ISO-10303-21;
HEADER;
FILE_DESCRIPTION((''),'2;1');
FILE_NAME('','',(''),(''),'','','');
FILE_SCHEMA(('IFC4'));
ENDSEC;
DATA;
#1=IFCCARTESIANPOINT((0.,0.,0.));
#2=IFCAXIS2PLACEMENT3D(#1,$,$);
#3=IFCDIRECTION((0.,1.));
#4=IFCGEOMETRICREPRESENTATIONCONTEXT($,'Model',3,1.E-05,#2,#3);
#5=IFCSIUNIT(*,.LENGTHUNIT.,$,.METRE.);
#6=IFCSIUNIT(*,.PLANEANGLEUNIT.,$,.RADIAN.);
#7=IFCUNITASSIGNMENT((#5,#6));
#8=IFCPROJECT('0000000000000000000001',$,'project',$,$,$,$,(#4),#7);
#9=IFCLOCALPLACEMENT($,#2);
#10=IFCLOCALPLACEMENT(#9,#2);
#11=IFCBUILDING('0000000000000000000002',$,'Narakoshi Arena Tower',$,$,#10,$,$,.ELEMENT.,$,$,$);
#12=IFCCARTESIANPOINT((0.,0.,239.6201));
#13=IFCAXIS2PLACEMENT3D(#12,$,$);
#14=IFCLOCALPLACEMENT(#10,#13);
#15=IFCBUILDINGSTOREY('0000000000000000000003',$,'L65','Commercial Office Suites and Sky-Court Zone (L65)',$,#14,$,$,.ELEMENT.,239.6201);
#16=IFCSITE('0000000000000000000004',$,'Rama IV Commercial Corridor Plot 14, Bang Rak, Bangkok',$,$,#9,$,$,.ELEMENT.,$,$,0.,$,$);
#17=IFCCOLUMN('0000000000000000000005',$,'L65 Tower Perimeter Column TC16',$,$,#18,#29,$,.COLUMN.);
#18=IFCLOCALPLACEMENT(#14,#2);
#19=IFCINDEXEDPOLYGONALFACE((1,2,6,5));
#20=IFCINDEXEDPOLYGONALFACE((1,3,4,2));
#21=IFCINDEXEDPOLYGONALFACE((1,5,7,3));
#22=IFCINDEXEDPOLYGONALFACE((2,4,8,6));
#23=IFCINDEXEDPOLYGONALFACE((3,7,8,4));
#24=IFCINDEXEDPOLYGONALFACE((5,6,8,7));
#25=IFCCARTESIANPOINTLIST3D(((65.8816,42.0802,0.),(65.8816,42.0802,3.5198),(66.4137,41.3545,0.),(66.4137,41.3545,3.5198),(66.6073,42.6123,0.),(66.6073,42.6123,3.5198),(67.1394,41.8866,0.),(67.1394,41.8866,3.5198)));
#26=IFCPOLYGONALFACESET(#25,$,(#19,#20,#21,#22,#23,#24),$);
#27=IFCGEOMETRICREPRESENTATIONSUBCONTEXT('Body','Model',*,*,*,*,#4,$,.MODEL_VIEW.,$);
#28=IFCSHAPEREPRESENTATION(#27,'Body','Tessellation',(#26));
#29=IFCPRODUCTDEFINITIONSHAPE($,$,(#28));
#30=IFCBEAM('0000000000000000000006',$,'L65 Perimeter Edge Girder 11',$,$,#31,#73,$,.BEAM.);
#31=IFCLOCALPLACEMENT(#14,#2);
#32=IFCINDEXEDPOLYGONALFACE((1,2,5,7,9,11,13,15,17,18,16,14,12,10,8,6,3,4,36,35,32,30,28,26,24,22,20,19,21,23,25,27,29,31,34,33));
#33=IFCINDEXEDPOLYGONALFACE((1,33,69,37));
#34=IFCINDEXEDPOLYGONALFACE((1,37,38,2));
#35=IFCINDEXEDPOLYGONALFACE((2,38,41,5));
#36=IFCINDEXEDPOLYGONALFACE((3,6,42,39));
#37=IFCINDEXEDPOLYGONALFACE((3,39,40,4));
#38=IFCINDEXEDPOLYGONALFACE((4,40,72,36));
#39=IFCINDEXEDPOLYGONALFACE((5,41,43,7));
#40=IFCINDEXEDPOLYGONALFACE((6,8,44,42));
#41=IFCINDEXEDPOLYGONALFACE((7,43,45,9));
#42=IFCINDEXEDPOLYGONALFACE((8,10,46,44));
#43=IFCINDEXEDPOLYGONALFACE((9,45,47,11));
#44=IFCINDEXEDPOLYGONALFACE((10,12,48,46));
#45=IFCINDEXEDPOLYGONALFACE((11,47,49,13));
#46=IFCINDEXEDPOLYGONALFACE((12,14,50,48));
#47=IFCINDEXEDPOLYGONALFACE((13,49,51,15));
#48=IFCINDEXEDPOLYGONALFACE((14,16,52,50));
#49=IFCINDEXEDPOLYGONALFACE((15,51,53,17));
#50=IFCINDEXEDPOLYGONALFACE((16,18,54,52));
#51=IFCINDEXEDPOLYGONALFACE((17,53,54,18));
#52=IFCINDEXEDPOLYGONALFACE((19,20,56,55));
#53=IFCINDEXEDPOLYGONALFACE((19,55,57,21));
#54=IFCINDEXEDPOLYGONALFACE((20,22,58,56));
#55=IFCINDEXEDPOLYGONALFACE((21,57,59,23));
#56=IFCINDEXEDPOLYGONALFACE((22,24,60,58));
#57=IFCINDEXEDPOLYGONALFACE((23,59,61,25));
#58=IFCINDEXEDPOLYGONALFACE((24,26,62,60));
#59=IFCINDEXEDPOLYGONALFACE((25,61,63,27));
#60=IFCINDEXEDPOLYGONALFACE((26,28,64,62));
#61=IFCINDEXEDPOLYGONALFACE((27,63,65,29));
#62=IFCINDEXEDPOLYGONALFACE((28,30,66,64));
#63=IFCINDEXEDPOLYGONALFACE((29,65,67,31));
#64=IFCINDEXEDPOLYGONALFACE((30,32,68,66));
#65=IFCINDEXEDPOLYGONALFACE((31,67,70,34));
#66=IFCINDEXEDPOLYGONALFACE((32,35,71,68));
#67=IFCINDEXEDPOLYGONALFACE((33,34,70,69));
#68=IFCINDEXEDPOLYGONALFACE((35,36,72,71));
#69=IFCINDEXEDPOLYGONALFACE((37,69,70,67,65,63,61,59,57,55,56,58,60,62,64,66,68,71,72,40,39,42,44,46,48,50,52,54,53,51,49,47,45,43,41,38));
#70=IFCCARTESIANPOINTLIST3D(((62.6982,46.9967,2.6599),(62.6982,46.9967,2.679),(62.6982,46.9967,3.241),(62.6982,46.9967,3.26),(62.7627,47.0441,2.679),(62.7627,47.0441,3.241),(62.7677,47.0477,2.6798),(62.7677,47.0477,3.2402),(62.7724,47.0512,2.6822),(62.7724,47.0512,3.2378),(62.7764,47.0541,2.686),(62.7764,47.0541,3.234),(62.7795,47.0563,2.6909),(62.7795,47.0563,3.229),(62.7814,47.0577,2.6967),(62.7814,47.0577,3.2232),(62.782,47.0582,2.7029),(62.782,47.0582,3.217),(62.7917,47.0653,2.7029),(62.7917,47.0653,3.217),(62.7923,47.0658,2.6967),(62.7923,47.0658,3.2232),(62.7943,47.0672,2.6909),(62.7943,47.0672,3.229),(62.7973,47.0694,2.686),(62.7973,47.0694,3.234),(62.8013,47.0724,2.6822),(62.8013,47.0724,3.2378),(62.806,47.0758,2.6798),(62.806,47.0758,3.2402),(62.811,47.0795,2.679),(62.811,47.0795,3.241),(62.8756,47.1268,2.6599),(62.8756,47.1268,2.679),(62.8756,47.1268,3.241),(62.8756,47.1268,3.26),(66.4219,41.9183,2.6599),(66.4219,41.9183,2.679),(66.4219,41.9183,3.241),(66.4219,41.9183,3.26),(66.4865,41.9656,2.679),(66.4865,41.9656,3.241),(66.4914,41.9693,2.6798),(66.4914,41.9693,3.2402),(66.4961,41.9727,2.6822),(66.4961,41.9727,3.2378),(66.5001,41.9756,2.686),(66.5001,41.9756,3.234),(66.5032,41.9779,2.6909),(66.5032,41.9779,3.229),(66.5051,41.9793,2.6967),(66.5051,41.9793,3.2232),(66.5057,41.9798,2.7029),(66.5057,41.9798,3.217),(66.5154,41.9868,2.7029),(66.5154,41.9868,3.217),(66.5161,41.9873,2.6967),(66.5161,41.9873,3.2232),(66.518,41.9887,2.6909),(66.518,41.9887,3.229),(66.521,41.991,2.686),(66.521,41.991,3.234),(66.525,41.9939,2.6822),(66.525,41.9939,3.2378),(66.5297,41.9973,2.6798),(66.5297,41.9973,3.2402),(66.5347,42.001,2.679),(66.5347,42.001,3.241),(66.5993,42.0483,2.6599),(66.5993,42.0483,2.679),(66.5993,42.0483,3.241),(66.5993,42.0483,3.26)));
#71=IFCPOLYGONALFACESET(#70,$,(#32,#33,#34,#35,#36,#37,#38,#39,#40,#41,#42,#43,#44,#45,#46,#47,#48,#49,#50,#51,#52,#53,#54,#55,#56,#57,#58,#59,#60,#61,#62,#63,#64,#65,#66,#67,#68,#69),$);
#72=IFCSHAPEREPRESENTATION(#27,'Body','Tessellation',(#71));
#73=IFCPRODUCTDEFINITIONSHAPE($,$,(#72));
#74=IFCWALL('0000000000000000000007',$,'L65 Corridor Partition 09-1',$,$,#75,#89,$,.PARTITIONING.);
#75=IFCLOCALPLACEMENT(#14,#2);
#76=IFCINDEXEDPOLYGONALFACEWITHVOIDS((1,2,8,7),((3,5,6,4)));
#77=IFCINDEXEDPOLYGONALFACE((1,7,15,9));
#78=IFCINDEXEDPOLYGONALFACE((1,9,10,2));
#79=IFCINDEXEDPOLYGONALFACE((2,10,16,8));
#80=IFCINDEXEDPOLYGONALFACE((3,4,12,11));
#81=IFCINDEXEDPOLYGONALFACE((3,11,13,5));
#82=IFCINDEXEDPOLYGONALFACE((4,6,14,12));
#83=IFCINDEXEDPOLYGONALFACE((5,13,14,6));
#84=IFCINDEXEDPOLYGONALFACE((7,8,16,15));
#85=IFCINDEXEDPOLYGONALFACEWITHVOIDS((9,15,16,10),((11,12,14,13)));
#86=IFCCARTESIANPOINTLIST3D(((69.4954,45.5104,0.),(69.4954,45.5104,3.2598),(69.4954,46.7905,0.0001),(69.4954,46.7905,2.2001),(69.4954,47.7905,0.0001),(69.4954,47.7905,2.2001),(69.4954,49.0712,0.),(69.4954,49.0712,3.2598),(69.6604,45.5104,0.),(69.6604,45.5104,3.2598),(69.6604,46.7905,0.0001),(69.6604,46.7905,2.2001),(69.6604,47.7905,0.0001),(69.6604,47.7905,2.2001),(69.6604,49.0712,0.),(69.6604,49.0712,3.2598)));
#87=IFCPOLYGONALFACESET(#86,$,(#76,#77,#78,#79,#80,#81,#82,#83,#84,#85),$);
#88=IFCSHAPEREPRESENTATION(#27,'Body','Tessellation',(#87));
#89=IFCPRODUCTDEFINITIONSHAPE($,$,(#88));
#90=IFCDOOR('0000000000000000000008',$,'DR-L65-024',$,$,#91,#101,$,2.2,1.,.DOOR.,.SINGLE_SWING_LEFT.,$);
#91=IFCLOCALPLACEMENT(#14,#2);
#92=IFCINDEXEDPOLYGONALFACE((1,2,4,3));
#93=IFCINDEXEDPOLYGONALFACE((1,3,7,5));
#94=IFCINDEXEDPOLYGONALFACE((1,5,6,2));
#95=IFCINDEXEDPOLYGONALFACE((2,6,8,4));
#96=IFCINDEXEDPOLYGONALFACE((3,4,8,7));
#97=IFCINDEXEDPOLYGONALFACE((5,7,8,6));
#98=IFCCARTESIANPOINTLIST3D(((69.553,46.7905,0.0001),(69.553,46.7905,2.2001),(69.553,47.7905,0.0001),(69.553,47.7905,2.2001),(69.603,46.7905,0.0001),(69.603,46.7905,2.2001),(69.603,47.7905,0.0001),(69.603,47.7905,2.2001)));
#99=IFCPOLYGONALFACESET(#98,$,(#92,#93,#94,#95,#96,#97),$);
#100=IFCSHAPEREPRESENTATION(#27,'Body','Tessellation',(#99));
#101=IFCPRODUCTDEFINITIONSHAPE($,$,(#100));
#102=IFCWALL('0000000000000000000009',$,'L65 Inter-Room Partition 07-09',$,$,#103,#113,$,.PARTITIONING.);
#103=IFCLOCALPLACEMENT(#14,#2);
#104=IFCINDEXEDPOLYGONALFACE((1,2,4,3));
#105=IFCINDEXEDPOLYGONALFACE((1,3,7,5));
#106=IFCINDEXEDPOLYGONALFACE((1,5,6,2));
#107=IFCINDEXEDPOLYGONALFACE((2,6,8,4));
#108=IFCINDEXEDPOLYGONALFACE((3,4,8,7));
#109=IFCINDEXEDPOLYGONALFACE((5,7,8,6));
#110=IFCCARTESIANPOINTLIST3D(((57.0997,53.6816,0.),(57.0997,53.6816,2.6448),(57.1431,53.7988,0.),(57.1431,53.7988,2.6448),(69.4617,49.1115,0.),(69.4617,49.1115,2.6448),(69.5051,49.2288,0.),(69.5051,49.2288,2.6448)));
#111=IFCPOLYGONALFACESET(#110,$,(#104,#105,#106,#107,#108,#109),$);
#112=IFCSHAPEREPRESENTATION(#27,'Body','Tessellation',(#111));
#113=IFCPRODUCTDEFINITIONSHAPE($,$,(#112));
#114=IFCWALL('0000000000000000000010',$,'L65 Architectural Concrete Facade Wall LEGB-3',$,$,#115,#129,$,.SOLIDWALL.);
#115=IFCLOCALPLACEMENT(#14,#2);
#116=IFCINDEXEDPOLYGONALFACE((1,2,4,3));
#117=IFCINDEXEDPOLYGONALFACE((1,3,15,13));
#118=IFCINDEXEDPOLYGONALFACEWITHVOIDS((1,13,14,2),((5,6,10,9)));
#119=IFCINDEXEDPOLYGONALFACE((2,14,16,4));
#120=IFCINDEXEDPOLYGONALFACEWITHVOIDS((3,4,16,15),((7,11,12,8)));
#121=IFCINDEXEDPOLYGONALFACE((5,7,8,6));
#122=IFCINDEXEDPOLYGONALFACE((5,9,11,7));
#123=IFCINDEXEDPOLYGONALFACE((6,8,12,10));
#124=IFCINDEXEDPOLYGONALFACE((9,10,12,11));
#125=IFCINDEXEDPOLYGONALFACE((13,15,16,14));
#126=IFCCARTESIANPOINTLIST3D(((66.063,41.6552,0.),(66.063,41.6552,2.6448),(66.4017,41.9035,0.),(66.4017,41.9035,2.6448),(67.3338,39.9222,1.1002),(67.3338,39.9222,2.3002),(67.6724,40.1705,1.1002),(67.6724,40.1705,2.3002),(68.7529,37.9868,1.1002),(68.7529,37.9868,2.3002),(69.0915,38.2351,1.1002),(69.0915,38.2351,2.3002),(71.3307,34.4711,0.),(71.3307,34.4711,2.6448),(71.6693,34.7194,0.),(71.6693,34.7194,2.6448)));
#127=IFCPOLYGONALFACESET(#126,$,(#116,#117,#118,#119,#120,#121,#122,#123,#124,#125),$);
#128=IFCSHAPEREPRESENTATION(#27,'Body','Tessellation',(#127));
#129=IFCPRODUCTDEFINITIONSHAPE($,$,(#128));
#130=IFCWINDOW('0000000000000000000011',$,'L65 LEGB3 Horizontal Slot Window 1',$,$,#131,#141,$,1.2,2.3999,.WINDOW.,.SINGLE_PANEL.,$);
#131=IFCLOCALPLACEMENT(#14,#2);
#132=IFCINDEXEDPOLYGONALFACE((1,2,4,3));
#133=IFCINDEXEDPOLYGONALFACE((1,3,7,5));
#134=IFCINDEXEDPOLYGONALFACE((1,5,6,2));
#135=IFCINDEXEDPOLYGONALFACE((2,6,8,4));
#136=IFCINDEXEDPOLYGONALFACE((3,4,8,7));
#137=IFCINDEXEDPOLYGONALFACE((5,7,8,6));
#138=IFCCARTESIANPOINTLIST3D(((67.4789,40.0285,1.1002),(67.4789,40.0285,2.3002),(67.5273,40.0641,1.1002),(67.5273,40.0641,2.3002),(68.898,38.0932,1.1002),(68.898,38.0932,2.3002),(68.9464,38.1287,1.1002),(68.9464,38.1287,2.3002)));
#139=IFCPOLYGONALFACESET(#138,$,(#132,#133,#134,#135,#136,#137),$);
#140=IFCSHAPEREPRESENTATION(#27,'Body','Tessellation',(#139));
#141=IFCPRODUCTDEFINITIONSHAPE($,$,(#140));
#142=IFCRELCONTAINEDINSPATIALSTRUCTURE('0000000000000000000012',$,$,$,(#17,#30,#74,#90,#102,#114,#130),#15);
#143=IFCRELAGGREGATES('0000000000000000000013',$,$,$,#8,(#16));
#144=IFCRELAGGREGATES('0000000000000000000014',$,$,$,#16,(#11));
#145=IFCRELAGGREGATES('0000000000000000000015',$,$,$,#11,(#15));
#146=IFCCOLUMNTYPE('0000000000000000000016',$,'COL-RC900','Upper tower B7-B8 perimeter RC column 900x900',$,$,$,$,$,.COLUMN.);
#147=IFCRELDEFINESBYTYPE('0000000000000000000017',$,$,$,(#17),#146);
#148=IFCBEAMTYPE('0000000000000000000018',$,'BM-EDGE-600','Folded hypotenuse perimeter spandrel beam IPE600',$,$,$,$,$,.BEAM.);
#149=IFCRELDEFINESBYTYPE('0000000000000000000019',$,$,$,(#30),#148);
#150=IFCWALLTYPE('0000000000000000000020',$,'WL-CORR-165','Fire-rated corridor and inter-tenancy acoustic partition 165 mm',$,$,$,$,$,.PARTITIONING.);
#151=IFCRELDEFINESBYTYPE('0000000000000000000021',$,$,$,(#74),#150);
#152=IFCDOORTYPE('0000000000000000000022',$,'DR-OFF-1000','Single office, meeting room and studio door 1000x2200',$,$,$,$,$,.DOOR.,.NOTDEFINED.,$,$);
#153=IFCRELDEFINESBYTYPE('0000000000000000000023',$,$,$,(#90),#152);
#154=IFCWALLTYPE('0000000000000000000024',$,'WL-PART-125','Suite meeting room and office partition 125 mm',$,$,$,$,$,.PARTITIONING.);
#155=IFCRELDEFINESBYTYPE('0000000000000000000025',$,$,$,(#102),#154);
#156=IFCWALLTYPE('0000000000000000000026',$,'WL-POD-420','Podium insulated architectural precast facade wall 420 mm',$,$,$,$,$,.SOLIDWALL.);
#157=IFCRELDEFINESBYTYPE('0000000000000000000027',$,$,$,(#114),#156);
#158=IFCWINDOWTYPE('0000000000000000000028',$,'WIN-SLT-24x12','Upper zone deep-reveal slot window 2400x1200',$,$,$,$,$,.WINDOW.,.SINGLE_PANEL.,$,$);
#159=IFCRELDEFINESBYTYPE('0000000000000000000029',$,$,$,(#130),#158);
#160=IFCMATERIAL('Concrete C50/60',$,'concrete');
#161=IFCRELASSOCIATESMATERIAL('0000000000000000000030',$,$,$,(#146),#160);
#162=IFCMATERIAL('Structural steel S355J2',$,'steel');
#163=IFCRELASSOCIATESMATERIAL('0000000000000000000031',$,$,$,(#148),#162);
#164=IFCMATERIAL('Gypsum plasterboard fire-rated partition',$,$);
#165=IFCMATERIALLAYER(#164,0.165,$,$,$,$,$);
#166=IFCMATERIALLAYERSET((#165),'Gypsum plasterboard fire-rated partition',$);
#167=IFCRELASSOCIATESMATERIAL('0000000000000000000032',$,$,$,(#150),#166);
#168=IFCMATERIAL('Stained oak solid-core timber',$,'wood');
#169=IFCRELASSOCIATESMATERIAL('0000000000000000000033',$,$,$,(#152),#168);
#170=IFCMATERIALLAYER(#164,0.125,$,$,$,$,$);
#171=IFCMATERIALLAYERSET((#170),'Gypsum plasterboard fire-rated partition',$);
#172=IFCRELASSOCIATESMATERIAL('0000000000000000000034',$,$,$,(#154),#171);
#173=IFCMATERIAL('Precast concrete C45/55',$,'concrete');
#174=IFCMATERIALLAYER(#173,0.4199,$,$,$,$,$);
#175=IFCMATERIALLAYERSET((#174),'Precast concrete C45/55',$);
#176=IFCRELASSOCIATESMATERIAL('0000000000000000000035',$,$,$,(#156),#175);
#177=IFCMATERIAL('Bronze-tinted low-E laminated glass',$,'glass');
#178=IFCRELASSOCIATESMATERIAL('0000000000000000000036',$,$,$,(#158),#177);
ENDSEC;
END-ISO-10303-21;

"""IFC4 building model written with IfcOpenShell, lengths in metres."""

from ifc_helpers import new_model, si_unit, direction, frame, frame_2d, origin, origin_2d, place, context, subcontext, project, spatial, rectangle, i_section, extrude, material, layer, layer_set, material_profile, profile_set, type_object, element, fill, save


model = new_model("IFC4")

# Units and contexts
model_context = context("Model", 3, precision=1e-05, world=origin(), true_north=direction((0.0, 1.0)))
body_context = subcontext(model_context, "Body", "Model", "MODEL_VIEW")
ifc_project = project(units=[si_unit("LENGTHUNIT", "METRE"), si_unit("PLANEANGLEUNIT", "RADIAN")], contexts=[model_context])

# Site, building, storey
site_placement = place(None, origin())
site = spatial("IfcSite", under=ifc_project, at=site_placement, Name="Rama IV Commercial Corridor Plot 14, Bang Rak, Bangkok", CompositionType="ELEMENT", RefElevation=0.0)
building_placement = place(site_placement, origin())
building = spatial("IfcBuilding", under=site, at=building_placement, Name="Narakoshi Arena Tower", CompositionType="ELEMENT")
storey_placement = place(building_placement, frame((0.0, 0.0, 239.6201)))
storey = spatial("IfcBuildingStorey", under=building, at=storey_placement, Name="L65", Description="Commercial Office Suites and Sky-Court Zone (L65)", CompositionType="ELEMENT", Elevation=239.6201)

# Column
ifc_material_1 = material(Name="Concrete C50/60", Category="concrete")
ifc_material_profile_1 = material_profile(ifc_material_1, rectangle(XDim=0.8999, YDim=0.8999, at=origin_2d()), Name="RC900x900")
ifc_profile_set_1 = profile_set([ifc_material_profile_1], Name="Concrete C50/60")
column_type = type_object("IfcColumnType", Name="COL-RC900", Description="Upper tower B7-B8 perimeter RC column 900x900", PredefinedType="COLUMN", material=ifc_profile_set_1)
column_placement = place(storey_placement, frame((66.5105, 41.9834, 0.0), z_axis=(0.0, 0.0, 1.0), x_axis=(-0.59131, 0.806445, 0.0)))
element("IfcColumn", 1, at=column_placement, inside=storey, type_object=column_type, Name="L65 Tower Perimeter Column TC16", PredefinedType="COLUMN", context=body_context, shape_type="SweptSolid", body=[
    extrude(rectangle(XDim=0.8999, YDim=0.8999, at=origin_2d()), origin(), (0.0, 0.0, 1.0), 3.5198),
])

# Beam
ifc_material_2 = material(Name="Structural steel S355J2", Category="steel")
ifc_material_profile_2 = material_profile(ifc_material_2, i_section(OverallWidth=0.22, OverallDepth=0.6001, WebThickness=0.012, FlangeThickness=0.019, FilletRadius=0.0239, at=origin_2d()), Name="IPE600")
ifc_profile_set_2 = profile_set([ifc_material_profile_2], Name="Structural steel S355J2")
beam_type = type_object("IfcBeamType", Name="BM-EDGE-600", Description="Folded hypotenuse perimeter spandrel beam IPE600", PredefinedType="BEAM", material=ifc_profile_set_2)
beam_placement = place(storey_placement, frame((62.7869, 47.0618, 2.96), z_axis=(0.591312, -0.806443, 0.0), x_axis=(0.806443, 0.591312, 0.0)))
element("IfcBeam", 2, at=beam_placement, inside=storey, type_object=beam_type, Name="L65 Perimeter Edge Girder 11", PredefinedType="BEAM", context=body_context, shape_type="SweptSolid", body=[
    extrude(i_section(OverallWidth=0.22, OverallDepth=0.6001, WebThickness=0.012, FlangeThickness=0.019, FilletRadius=0.0239, at=origin_2d()), origin(), (0.0, 0.0, 1.0), 6.2974),
])

# Wall, opening, door
ifc_material_3 = material(Name="Gypsum plasterboard fire-rated partition")
ifc_layer_1 = layer(ifc_material_3, 0.165)
ifc_layer_set_1 = layer_set([ifc_layer_1], Name="Gypsum plasterboard fire-rated partition")
wall_type_1 = type_object("IfcWallType", Name="WL-CORR-165", Description="Fire-rated corridor and inter-tenancy acoustic partition 165 mm", PredefinedType="PARTITIONING", material=ifc_layer_set_1)
wall_1_placement = place(storey_placement, frame((69.5779, 49.071, 0.0), z_axis=(0.0, 0.0, 1.0), x_axis=(0.0, -1.0, 0.0)))
wall_1 = element("IfcWall", 3, at=wall_1_placement, inside=storey, type_object=wall_type_1, Name="L65 Corridor Partition 09-1", PredefinedType="PARTITIONING", context=body_context, shape_type="SweptSolid", body=[
    extrude(rectangle(XDim=3.5608, YDim=0.165, at=frame_2d((1.7803, 0.0))), origin(), (0.0, 0.0, 1.0), 3.2598),
])
opening_1_placement = place(wall_1_placement, frame((1.2805, 0.0, 0.0)))
opening_1 = element("IfcOpeningElement", 4, at=opening_1_placement, cuts=wall_1, PredefinedType="OPENING", context=body_context, shape_type="SweptSolid", body=[
    extrude(rectangle(XDim=1.0, YDim=2.2, at=frame_2d((0.5, 1.1001))), frame((0.0, 0.0925, 0.0), z_axis=(0.0, -1.0, 0.0), x_axis=(1.0, 0.0, 0.0)), (0.0, 0.0, 1.0), 0.1851),
])
ifc_material_4 = material(Name="Stained oak solid-core timber", Category="wood")
door_type_1 = type_object("IfcDoorType", Name="DR-OFF-1000", Description="Single office, meeting room and studio door 1000x2200", OperationType="NOTDEFINED", PredefinedType="DOOR", material=ifc_material_4)
door_1_placement = place(opening_1_placement, frame((1.0, 0.0, 0.0), z_axis=(0.0, 0.0, 1.0), x_axis=(-1.0, 0.0, 0.0)))
door_1 = element("IfcDoor", 5, at=door_1_placement, inside=storey, type_object=door_type_1, Name="DR-L65-024", OperationType="SINGLE_SWING_LEFT", OverallHeight=2.2, OverallWidth=1.0, PredefinedType="DOOR", context=body_context, shape_type="SweptSolid", body=[
    extrude(rectangle(XDim=1.0, YDim=2.2, at=frame_2d((0.5, 1.1001))), frame((0.0, 0.0249, 0.0), z_axis=(0.0, -1.0, 0.0), x_axis=(1.0, 0.0, 0.0)), (0.0, 0.0, 1.0), 0.05),
])
fill(opening_1, door_1)

# Wall
ifc_layer_2 = layer(ifc_material_3, 0.125)
ifc_layer_set_2 = layer_set([ifc_layer_2], Name="Gypsum plasterboard fire-rated partition")
wall_type_2 = type_object("IfcWallType", Name="WL-PART-125", Description="Suite meeting room and office partition 125 mm", PredefinedType="PARTITIONING", material=ifc_layer_set_2)
wall_2_placement = place(storey_placement, frame((69.4834, 49.1702, 0.0), z_axis=(0.0, 0.0, 1.0), x_axis=(-0.937958, 0.346749, 0.0)))
element("IfcWall", 6, at=wall_2_placement, inside=storey, type_object=wall_type_2, Name="L65 Inter-Room Partition 07-09", PredefinedType="PARTITIONING", context=body_context, shape_type="SweptSolid", body=[
    extrude(rectangle(XDim=13.1797, YDim=0.125, at=frame_2d((6.5898, 0.0))), origin(), (0.0, 0.0, 1.0), 2.6448),
])

# Wall, opening, window
ifc_material_5 = material(Name="Precast concrete C45/55", Category="concrete")
ifc_layer_3 = layer(ifc_material_5, 0.4199)
ifc_layer_set_3 = layer_set([ifc_layer_3], Name="Precast concrete C45/55")
wall_type_3 = type_object("IfcWallType", Name="WL-POD-420", Description="Podium insulated architectural precast facade wall 420 mm", PredefinedType="SOLIDWALL", material=ifc_layer_set_3)
wall_3_placement = place(storey_placement, frame((66.2324, 41.7793, 0.0), z_axis=(0.0, 0.0, 1.0), x_axis=(0.591309, -0.806445, 0.0)))
wall_3 = element("IfcWall", 7, at=wall_3_placement, inside=storey, type_object=wall_type_3, Name="L65 Architectural Concrete Facade Wall LEGB-3", PredefinedType="SOLIDWALL", context=body_context, shape_type="SweptSolid", body=[
    extrude(rectangle(XDim=8.9084, YDim=0.4199, at=frame_2d((4.4541, 0.0))), origin(), (0.0, 0.0, 1.0), 2.6448),
])
opening_2_placement = place(wall_3_placement, frame((2.1489, 0.0, 1.1001)))
opening_2 = element("IfcOpeningElement", 8, at=opening_2_placement, cuts=wall_3, PredefinedType="OPENING", context=body_context, shape_type="SweptSolid", body=[
    extrude(rectangle(XDim=2.3999, YDim=1.2, at=frame_2d((1.2, 0.6001))), frame((0.0, 0.22, 0.0), z_axis=(0.0, -1.0, 0.0), x_axis=(1.0, 0.0, 0.0)), (0.0, 0.0, 1.0), 0.4399),
])
ifc_material_6 = material(Name="Bronze-tinted low-E laminated glass", Category="glass")
window_type = type_object("IfcWindowType", Name="WIN-SLT-24x12", Description="Upper zone deep-reveal slot window 2400x1200", PartitioningType="SINGLE_PANEL", PredefinedType="WINDOW", material=ifc_material_6)
window_placement = place(opening_2_placement, origin())
window = element("IfcWindow", 9, at=window_placement, inside=storey, type_object=window_type, Name="L65 LEGB3 Horizontal Slot Window 1", OverallHeight=1.2, OverallWidth=2.3999, PartitioningType="SINGLE_PANEL", PredefinedType="WINDOW", context=body_context, shape_type="SweptSolid", body=[
    extrude(rectangle(XDim=2.3999, YDim=1.2, at=frame_2d((1.2, 0.6001))), frame((0.0, 0.03, 0.0), z_axis=(0.0, -1.0, 0.0), x_axis=(1.0, 0.0, 0.0)), (0.0, 0.0, 1.0), 0.0601),
])
fill(opening_2, window)

save(model, "model.ifc")
